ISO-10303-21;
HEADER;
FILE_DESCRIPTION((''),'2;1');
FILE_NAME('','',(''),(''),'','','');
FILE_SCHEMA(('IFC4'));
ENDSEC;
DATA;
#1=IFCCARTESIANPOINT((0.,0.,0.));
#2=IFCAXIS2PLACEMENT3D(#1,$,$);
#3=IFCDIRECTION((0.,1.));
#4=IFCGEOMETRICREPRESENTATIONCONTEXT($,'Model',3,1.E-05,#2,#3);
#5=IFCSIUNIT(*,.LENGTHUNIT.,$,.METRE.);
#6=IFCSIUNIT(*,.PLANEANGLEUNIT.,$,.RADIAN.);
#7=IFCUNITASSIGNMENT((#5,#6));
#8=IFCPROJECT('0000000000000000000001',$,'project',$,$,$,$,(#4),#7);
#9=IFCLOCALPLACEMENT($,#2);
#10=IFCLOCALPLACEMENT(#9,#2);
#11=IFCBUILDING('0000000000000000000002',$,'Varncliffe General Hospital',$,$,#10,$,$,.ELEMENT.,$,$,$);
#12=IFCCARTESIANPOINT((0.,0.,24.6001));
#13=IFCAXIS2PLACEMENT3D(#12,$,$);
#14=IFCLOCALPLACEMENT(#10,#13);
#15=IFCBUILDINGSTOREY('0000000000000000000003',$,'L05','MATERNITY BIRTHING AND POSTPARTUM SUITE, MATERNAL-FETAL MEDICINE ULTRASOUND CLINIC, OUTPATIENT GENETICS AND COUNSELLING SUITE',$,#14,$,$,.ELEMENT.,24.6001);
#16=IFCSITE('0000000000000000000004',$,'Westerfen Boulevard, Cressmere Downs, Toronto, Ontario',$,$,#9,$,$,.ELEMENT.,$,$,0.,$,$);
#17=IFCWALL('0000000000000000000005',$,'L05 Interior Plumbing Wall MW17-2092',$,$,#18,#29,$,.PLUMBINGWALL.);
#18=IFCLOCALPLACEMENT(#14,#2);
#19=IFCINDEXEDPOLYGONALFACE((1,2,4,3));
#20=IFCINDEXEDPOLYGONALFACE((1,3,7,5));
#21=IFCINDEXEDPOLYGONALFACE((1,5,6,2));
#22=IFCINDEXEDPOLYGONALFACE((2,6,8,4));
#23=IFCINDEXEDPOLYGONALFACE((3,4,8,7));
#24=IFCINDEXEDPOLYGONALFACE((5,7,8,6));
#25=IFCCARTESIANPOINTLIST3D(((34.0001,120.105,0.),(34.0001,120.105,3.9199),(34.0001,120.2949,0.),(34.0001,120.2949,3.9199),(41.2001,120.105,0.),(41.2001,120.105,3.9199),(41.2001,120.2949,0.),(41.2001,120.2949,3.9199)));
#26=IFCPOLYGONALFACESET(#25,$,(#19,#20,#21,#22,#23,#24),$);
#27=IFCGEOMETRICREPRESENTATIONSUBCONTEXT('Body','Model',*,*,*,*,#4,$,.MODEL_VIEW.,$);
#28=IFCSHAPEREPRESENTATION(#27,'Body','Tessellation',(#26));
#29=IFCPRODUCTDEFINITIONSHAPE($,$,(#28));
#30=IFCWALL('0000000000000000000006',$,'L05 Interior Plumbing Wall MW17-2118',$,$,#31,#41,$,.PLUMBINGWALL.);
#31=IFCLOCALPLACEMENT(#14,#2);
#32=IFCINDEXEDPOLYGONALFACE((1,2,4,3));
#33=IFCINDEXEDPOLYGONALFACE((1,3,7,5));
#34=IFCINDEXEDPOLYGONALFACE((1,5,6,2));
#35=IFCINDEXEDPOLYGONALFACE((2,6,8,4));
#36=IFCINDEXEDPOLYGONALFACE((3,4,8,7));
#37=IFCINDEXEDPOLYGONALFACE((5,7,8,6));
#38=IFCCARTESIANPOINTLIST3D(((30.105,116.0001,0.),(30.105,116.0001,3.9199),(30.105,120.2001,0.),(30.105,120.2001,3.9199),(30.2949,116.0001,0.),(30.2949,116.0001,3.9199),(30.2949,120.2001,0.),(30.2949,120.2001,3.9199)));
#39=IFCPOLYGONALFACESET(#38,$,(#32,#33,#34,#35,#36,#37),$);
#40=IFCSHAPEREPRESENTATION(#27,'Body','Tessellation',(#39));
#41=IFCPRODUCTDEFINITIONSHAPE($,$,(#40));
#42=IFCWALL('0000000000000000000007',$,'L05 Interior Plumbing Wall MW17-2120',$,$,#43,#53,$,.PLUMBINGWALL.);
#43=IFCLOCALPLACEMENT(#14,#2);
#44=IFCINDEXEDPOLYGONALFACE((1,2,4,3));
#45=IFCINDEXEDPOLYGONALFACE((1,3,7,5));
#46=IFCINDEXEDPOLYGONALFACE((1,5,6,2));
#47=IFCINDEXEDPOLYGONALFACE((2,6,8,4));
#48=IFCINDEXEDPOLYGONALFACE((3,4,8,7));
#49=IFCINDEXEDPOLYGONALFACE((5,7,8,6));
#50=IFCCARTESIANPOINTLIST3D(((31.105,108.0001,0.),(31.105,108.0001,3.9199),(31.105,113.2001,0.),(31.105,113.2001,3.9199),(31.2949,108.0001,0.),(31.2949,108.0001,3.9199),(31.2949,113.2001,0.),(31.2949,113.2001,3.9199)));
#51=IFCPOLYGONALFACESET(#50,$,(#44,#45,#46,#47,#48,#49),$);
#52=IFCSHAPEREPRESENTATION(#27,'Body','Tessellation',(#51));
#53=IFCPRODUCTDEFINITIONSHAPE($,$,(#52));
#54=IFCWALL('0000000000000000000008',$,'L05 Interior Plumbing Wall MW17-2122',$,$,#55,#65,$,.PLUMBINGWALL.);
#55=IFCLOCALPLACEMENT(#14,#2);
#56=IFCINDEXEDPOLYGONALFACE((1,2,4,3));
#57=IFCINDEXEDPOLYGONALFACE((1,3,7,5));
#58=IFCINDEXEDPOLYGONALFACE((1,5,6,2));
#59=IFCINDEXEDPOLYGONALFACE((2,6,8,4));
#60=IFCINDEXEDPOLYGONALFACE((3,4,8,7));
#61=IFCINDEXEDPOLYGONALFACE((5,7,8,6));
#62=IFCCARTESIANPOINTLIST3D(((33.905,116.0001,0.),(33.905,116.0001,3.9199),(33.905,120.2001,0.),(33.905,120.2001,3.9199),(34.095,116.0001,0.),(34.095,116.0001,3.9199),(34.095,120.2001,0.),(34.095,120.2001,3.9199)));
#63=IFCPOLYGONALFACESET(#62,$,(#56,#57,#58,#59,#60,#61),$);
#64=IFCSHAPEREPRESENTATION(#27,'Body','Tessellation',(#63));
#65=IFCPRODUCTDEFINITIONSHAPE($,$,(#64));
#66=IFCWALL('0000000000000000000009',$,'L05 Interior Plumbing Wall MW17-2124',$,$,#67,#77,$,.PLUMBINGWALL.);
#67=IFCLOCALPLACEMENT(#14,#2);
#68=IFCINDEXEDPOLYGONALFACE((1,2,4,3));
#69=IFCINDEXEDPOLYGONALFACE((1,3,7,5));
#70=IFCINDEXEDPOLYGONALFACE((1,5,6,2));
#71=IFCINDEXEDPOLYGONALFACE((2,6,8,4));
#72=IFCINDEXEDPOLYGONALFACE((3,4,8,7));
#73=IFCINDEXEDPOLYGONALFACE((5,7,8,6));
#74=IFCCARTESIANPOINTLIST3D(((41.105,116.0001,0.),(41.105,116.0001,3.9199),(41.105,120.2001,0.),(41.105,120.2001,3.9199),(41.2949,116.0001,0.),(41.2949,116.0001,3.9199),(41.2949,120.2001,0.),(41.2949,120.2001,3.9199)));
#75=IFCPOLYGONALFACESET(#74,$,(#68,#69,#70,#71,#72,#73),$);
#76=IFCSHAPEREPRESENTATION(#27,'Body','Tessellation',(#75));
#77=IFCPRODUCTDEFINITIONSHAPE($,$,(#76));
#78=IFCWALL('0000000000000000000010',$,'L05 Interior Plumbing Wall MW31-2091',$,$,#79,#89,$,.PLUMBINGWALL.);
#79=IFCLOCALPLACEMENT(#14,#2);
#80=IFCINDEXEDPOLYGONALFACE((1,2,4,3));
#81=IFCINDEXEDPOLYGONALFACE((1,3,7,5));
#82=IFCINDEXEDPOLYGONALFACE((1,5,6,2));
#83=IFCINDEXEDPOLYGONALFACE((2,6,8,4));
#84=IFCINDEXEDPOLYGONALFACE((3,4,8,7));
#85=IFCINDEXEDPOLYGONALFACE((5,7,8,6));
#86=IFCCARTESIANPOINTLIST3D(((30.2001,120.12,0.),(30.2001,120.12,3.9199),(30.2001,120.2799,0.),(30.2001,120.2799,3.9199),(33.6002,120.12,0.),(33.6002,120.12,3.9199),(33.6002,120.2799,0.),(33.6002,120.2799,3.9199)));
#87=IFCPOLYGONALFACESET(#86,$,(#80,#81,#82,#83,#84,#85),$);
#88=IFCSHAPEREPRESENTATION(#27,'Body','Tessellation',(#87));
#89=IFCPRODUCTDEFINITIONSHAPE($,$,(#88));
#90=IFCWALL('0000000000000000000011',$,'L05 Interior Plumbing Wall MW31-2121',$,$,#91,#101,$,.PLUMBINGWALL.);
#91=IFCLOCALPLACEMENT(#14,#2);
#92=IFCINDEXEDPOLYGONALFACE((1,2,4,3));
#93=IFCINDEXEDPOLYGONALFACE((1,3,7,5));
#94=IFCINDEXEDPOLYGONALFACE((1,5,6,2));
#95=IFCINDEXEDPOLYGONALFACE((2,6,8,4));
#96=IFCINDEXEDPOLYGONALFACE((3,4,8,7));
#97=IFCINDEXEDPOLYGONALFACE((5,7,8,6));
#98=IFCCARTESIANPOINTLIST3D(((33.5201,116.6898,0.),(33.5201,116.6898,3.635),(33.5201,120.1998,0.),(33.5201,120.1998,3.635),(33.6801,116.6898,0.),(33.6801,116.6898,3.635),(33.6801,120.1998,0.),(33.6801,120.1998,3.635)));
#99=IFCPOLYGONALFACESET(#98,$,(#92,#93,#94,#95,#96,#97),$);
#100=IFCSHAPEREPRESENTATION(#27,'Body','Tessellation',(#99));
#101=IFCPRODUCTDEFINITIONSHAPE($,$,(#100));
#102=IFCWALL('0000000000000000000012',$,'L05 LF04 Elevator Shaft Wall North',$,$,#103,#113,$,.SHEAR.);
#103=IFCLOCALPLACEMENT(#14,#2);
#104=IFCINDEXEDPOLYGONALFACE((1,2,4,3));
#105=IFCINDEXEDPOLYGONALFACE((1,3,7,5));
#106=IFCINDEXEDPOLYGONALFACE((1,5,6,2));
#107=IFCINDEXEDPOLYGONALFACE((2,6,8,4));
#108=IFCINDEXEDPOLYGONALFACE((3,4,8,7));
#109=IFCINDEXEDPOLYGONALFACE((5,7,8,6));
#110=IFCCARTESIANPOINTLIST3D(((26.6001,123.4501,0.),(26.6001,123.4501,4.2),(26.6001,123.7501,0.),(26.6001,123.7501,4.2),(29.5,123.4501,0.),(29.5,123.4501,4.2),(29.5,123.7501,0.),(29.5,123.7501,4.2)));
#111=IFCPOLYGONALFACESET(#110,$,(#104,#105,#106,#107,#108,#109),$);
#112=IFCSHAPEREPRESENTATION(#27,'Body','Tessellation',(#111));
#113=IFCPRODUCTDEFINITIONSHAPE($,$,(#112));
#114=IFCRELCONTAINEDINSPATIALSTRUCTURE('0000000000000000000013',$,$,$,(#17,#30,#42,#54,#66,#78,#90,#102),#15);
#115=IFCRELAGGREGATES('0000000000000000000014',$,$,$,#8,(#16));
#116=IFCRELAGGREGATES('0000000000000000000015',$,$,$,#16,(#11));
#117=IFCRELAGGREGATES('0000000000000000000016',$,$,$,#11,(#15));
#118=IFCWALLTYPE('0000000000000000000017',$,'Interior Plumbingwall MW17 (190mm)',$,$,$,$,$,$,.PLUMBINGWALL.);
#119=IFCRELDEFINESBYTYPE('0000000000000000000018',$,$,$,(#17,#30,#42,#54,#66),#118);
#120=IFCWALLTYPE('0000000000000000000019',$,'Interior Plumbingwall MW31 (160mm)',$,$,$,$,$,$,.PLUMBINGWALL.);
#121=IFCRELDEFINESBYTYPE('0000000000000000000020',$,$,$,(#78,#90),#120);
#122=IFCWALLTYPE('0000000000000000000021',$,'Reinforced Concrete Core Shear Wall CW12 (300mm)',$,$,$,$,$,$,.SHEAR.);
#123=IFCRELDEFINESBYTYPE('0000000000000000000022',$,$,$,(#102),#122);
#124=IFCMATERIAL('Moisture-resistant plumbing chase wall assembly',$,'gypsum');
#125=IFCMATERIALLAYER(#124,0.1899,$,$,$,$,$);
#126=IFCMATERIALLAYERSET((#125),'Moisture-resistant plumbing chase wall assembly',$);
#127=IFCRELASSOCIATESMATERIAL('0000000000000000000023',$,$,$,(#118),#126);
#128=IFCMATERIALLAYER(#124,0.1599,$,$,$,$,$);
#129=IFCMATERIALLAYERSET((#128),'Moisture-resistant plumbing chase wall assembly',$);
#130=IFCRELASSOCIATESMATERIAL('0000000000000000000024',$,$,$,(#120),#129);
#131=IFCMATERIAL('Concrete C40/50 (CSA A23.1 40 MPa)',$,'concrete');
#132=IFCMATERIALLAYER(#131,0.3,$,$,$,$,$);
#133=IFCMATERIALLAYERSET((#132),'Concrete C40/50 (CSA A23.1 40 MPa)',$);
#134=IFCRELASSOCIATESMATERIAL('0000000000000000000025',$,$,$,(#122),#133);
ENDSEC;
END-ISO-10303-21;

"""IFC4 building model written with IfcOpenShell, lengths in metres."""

from ifc_helpers import new_model, si_unit, direction, frame, frame_2d, origin, place, context, subcontext, project, spatial, rectangle, extrude, material, layer, layer_set, type_object, element, save


model = new_model("IFC4")

# Units and contexts
model_context = context("Model", 3, precision=1e-05, world=origin(), true_north=direction((0.0, 1.0)))
body_context = subcontext(model_context, "Body", "Model", "MODEL_VIEW")
ifc_project = project(units=[si_unit("LENGTHUNIT", "METRE"), si_unit("PLANEANGLEUNIT", "RADIAN")], contexts=[model_context])

# Site, building, storey
site_placement = place(None, origin())
site = spatial("IfcSite", under=ifc_project, at=site_placement, Name="Westerfen Boulevard, Cressmere Downs, Toronto, Ontario", CompositionType="ELEMENT", RefElevation=0.0)
building_placement = place(site_placement, origin())
building = spatial("IfcBuilding", under=site, at=building_placement, Name="Varncliffe General Hospital", CompositionType="ELEMENT")
storey_placement = place(building_placement, frame((0.0, 0.0, 24.6001)))
storey = spatial("IfcBuildingStorey", under=building, at=storey_placement, Name="L05", Description="MATERNITY BIRTHING AND POSTPARTUM SUITE, MATERNAL-FETAL MEDICINE ULTRASOUND CLINIC, OUTPATIENT GENETICS AND COUNSELLING SUITE", CompositionType="ELEMENT", Elevation=24.6001)

# Shared definitions
ifc_material_1 = material(Name="Concrete C40/50 (CSA A23.1 40 MPa)", Category="concrete")

# Walls
ifc_material_2 = material(Name="Moisture-resistant plumbing chase wall assembly", Category="gypsum")
ifc_layer_1 = layer(ifc_material_2, 0.1899)
ifc_layer_set_1 = layer_set([ifc_layer_1], Name="Moisture-resistant plumbing chase wall assembly")
wall_type_1 = type_object("IfcWallType", Name="Interior Plumbingwall MW17 (190mm)", PredefinedType="PLUMBINGWALL", material=ifc_layer_set_1)
wall_1_placement = place(storey_placement, frame((34.0, 120.2, 0.0), z_axis=(0.0, 0.0, 1.0), x_axis=(1.0, 0.0, 0.0)))
element("IfcWall", 1, at=wall_1_placement, inside=storey, type_object=wall_type_1, Name="L05 Interior Plumbing Wall MW17-2092", PredefinedType="PLUMBINGWALL", context=body_context, shape_type="SweptSolid", body=[
    extrude(rectangle(XDim=7.2, YDim=0.1899, at=frame_2d((3.6001, 0.0))), origin(), (0.0, 0.0, 1.0), 3.9199),
])
wall_2_placement = place(storey_placement, frame((30.2, 116.0, 0.0), z_axis=(0.0, 0.0, 1.0), x_axis=(0.0, 1.0, 0.0)))
element("IfcWall", 2, at=wall_2_placement, inside=storey, type_object=wall_type_1, Name="L05 Interior Plumbing Wall MW17-2118", PredefinedType="PLUMBINGWALL", context=body_context, shape_type="SweptSolid", body=[
    extrude(rectangle(XDim=4.2, YDim=0.1899, at=frame_2d((2.1001, 0.0))), origin(), (0.0, 0.0, 1.0), 3.9199),
])
wall_3_placement = place(storey_placement, frame((31.2, 108.0, 0.0), z_axis=(0.0, 0.0, 1.0), x_axis=(0.0, 1.0, 0.0)))
element("IfcWall", 3, at=wall_3_placement, inside=storey, type_object=wall_type_1, Name="L05 Interior Plumbing Wall MW17-2120", PredefinedType="PLUMBINGWALL", context=body_context, shape_type="SweptSolid", body=[
    extrude(rectangle(XDim=5.2, YDim=0.1899, at=frame_2d((2.6001, 0.0))), origin(), (0.0, 0.0, 1.0), 3.9199),
])
for number, where, z_axis, x_axis, name in (
    (4, (34.0, 116.0, 0.0), (0.0, 0.0, 1.0), (0.0, 1.0, 0.0), "L05 Interior Plumbing Wall MW17-2122"),
    (5, (41.2, 116.0, 0.0), (0.0, 0.0, 1.0), (0.0, 1.0, 0.0), "L05 Interior Plumbing Wall MW17-2124"),
):
    element("IfcWall", number, at=place(storey_placement, frame(where, z_axis=z_axis, x_axis=x_axis)), inside=storey, type_object=wall_type_1, Name=name, PredefinedType="PLUMBINGWALL", context=body_context, shape_type="SweptSolid", body=[
        extrude(rectangle(XDim=4.2, YDim=0.1899, at=frame_2d((2.1001, 0.0))), origin(), (0.0, 0.0, 1.0), 3.9199),
    ])
ifc_layer_2 = layer(ifc_material_2, 0.1599)
ifc_layer_set_2 = layer_set([ifc_layer_2], Name="Moisture-resistant plumbing chase wall assembly")
wall_type_2 = type_object("IfcWallType", Name="Interior Plumbingwall MW31 (160mm)", PredefinedType="PLUMBINGWALL", material=ifc_layer_set_2)
wall_4_placement = place(storey_placement, frame((30.2, 120.2, 0.0), z_axis=(0.0, 0.0, 1.0), x_axis=(1.0, 0.0, 0.0)))
element("IfcWall", 6, at=wall_4_placement, inside=storey, type_object=wall_type_2, Name="L05 Interior Plumbing Wall MW31-2091", PredefinedType="PLUMBINGWALL", context=body_context, shape_type="SweptSolid", body=[
    extrude(rectangle(XDim=3.4001, YDim=0.1599, at=frame_2d((1.7002, 0.0))), origin(), (0.0, 0.0, 1.0), 3.9199),
])
wall_5_placement = place(storey_placement, frame((33.6001, 116.6899, 0.0), z_axis=(0.0, 0.0, 1.0), x_axis=(0.0, 1.0, 0.0)))
element("IfcWall", 7, at=wall_5_placement, inside=storey, type_object=wall_type_2, Name="L05 Interior Plumbing Wall MW31-2121", PredefinedType="PLUMBINGWALL", context=body_context, shape_type="SweptSolid", body=[
    extrude(rectangle(XDim=3.51, YDim=0.1599, at=frame_2d((1.7549, 0.0))), origin(), (0.0, 0.0, 1.0), 3.635),
])
ifc_layer_3 = layer(ifc_material_1, 0.3)
ifc_layer_set_3 = layer_set([ifc_layer_3], Name="Concrete C40/50 (CSA A23.1 40 MPa)")
wall_type_3 = type_object("IfcWallType", Name="Reinforced Concrete Core Shear Wall CW12 (300mm)", PredefinedType="SHEAR", material=ifc_layer_set_3)
wall_6_placement = place(storey_placement, frame((29.5, 123.6001, 0.0), z_axis=(0.0, 0.0, 1.0), x_axis=(-1.0, 0.0, 0.0)))
element("IfcWall", 8, at=wall_6_placement, inside=storey, type_object=wall_type_3, Name="L05 LF04 Elevator Shaft Wall North", PredefinedType="SHEAR", context=body_context, shape_type="SweptSolid", body=[
    extrude(rectangle(XDim=2.8999, YDim=0.3, at=frame_2d((1.45, 0.0))), origin(), (0.0, 0.0, 1.0), 4.2),
])

save(model, "model.ifc")
